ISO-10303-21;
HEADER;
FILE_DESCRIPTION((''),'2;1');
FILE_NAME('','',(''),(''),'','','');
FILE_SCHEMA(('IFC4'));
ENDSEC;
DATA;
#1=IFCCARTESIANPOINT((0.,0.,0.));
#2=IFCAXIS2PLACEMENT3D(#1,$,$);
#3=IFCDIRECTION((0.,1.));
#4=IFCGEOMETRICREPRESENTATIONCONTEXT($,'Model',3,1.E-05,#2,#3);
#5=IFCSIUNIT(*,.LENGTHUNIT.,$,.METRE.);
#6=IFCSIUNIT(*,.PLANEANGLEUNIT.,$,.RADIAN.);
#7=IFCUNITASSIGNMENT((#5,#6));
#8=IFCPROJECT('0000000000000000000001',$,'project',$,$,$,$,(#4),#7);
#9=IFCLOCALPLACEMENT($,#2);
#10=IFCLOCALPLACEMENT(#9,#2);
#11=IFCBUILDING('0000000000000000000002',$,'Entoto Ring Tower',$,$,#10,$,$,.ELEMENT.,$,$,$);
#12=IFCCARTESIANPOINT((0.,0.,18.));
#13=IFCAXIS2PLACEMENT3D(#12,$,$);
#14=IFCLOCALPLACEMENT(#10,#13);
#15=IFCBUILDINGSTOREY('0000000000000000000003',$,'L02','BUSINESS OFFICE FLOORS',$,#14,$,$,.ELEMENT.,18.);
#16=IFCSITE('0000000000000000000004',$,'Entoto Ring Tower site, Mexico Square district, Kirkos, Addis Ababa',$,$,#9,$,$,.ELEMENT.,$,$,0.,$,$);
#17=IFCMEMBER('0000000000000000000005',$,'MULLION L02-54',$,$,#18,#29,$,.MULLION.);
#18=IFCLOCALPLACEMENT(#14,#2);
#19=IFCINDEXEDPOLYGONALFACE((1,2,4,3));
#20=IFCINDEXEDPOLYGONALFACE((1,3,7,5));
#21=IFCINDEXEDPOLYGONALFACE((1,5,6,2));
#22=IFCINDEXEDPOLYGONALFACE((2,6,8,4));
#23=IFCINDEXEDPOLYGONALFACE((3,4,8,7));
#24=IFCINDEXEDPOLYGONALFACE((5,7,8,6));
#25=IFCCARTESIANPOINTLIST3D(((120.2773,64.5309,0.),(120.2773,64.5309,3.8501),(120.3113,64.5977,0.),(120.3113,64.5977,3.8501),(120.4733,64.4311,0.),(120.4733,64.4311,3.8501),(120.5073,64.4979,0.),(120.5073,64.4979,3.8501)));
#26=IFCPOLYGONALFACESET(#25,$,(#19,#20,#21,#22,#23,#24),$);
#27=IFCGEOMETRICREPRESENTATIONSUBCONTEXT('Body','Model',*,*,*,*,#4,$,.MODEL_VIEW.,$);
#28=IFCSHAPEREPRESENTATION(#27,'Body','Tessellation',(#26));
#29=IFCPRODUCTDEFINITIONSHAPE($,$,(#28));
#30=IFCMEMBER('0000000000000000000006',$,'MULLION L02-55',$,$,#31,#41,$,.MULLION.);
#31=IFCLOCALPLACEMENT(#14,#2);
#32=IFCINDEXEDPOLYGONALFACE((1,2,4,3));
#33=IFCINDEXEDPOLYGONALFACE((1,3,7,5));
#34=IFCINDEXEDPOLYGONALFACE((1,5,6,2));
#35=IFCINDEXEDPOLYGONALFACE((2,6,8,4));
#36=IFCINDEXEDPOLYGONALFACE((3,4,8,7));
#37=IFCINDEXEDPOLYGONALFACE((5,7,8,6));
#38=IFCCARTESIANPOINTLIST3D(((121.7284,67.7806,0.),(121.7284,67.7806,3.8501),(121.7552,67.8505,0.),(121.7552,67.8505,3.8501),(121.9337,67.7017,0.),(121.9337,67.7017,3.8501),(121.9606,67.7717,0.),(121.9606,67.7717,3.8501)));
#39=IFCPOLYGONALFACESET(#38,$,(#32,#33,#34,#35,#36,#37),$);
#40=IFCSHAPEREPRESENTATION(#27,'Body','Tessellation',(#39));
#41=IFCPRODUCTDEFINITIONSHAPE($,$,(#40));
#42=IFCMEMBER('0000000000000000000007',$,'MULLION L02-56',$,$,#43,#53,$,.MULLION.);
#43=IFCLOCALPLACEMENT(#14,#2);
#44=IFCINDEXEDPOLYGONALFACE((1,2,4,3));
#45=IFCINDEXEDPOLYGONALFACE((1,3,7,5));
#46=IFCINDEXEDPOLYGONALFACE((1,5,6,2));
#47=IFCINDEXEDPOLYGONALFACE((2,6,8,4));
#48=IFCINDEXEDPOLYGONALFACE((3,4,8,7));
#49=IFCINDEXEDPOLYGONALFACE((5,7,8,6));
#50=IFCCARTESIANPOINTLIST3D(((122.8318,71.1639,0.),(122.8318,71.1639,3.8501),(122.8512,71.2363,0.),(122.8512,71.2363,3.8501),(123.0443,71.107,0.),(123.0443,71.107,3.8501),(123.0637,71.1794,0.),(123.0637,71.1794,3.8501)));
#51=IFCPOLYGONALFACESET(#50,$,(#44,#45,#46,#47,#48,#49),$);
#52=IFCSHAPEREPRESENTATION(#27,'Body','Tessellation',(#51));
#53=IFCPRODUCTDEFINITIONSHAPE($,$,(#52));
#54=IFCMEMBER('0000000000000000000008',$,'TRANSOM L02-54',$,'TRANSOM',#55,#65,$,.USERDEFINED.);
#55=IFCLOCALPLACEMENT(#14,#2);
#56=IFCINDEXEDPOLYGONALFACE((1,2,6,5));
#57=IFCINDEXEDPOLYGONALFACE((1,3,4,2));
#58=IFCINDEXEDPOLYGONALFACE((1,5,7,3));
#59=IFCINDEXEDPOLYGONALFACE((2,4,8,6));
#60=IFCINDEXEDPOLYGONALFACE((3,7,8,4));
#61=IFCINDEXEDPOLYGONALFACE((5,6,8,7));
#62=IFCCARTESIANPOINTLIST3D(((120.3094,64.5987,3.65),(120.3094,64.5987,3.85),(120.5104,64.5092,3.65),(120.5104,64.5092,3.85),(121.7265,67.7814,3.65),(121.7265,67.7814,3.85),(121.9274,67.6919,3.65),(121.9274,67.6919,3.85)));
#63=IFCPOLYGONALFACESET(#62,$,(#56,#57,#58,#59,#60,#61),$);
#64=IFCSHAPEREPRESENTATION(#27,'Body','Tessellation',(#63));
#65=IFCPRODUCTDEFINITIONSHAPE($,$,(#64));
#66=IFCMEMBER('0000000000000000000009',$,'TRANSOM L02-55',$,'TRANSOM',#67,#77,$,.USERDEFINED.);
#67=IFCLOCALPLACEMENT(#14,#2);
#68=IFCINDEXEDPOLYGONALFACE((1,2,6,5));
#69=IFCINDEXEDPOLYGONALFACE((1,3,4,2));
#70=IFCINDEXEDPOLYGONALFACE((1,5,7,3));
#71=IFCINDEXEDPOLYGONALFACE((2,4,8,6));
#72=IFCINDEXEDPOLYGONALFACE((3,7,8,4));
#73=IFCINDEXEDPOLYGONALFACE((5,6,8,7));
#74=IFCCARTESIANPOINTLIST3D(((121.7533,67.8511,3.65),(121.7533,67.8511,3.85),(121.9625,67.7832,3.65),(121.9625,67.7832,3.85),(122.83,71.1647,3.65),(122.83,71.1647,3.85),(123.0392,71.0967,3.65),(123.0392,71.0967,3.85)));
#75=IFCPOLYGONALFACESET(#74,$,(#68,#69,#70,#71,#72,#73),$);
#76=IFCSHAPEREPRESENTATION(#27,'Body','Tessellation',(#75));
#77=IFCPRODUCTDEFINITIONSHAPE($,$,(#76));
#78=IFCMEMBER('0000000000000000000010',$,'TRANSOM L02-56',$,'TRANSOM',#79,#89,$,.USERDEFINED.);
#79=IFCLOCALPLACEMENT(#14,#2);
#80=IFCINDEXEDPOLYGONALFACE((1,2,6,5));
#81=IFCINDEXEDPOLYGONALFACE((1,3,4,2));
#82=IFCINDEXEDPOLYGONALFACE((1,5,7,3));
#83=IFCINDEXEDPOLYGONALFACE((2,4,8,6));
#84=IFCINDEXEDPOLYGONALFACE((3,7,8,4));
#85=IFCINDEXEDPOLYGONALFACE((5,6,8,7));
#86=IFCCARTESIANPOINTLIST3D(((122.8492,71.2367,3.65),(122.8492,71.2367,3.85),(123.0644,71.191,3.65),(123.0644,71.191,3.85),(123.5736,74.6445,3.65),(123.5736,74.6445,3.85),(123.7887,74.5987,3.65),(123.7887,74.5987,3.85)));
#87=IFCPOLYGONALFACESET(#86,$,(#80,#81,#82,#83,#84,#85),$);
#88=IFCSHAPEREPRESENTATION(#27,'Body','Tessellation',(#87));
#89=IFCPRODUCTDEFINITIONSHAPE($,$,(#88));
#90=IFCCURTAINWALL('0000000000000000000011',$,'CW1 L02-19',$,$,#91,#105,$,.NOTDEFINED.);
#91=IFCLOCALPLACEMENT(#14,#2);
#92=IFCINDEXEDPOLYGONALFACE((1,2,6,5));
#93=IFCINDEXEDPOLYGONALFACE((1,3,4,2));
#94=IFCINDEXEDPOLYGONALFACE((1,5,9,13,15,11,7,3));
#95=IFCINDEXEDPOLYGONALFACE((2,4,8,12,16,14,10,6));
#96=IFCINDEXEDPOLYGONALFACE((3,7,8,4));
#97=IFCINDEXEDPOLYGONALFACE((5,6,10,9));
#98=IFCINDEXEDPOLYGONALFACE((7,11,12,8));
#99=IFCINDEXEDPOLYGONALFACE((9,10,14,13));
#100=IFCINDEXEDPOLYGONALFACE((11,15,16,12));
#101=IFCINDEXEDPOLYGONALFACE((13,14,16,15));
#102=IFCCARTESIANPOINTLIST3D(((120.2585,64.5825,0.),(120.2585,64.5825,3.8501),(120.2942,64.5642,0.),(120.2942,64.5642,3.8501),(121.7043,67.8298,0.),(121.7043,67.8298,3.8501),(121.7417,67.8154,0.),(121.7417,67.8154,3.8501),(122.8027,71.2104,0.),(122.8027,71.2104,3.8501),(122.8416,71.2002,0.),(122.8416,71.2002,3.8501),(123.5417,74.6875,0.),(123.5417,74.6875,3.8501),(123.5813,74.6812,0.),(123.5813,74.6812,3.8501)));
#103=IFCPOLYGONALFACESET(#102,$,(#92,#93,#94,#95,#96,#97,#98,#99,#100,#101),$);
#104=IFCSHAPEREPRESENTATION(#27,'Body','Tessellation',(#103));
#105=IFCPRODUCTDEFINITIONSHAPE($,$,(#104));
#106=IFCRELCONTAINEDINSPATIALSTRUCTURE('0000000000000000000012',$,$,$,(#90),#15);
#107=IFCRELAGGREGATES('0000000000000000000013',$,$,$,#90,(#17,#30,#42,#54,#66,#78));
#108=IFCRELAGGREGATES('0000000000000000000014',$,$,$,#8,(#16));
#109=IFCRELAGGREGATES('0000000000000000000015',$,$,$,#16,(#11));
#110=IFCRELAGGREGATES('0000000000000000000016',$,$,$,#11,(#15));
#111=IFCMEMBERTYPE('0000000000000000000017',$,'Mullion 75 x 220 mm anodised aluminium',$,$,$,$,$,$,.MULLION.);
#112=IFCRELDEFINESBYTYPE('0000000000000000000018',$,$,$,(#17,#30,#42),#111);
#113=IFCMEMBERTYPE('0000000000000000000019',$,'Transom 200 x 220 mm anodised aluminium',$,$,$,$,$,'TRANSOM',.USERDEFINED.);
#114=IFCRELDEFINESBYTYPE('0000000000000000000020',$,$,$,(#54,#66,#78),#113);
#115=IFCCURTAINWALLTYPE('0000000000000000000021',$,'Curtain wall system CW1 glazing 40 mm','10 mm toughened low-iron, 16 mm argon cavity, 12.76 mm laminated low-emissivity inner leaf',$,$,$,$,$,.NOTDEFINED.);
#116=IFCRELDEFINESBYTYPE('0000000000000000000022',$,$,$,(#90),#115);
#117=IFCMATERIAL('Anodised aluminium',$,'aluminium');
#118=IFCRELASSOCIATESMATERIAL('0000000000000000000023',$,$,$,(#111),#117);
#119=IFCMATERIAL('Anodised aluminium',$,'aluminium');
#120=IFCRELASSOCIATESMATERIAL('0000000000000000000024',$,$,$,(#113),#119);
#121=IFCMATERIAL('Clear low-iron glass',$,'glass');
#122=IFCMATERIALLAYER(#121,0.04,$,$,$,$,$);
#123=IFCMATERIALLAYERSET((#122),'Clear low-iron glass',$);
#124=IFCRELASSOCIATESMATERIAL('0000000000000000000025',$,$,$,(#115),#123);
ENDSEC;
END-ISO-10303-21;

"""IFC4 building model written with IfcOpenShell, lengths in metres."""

from ifc_helpers import new_model, si_unit, direction, frame, origin, origin_2d, place, context, subcontext, project, spatial, polyline, rectangle, outline, extrude, material, layer, layer_set, material_profile, profile_set, type_object, element, aggregate, save


model = new_model("IFC4")

# Units and contexts
model_context = context("Model", 3, precision=1e-05, world=origin(), true_north=direction((0.0, 1.0)))
body_context = subcontext(model_context, "Body", "Model", "MODEL_VIEW")
ifc_project = project(units=[si_unit("LENGTHUNIT", "METRE"), si_unit("PLANEANGLEUNIT", "RADIAN")], contexts=[model_context])

# Members
ifc_material_1 = material(Name="Anodised aluminium", Category="aluminium")
ifc_material_profile_1 = material_profile(ifc_material_1, rectangle(XDim=0.075, YDim=0.22, at=origin_2d()), Name="Mullion 75 x 220 mm anodised aluminium")
ifc_profile_set_1 = profile_set([ifc_material_profile_1], Name="Anodised aluminium")
member_type_1 = type_object("IfcMemberType", Name="Mullion 75 x 220 mm anodised aluminium", PredefinedType="MULLION", material=ifc_profile_set_1)
site_placement = place(None, origin())
building_placement = place(site_placement, origin())
storey_placement = place(building_placement, frame((0.0, 0.0, 18.0)))
member_1_placement = place(storey_placement, frame((120.3923, 64.5144, 0.0), z_axis=(0.0, 0.0, 1.0), x_axis=(0.45399, 0.891007, 0.0)))
member_1 = element("IfcMember", 1, at=member_1_placement, type_object=member_type_1, Name="MULLION L02-54", PredefinedType="MULLION", context=body_context, shape_type="SweptSolid", body=[
    extrude(rectangle(XDim=0.075, YDim=0.22, at=origin_2d()), origin(), (0.0, 0.0, 1.0), 3.8501),
])
member_2_placement = place(storey_placement, frame((121.8445, 67.7761, 0.0), z_axis=(0.0, 0.0, 1.0), x_axis=(0.358368, 0.93358, 0.0)))
member_2 = element("IfcMember", 2, at=member_2_placement, type_object=member_type_1, Name="MULLION L02-55", PredefinedType="MULLION", context=body_context, shape_type="SweptSolid", body=[
    extrude(rectangle(XDim=0.075, YDim=0.22, at=origin_2d()), origin(), (0.0, 0.0, 1.0), 3.8501),
])
member_3_placement = place(storey_placement, frame((122.9478, 71.1716, 0.0), z_axis=(0.0, 0.0, 1.0), x_axis=(0.258819, 0.965926, 0.0)))
member_3 = element("IfcMember", 3, at=member_3_placement, type_object=member_type_1, Name="MULLION L02-56", PredefinedType="MULLION", context=body_context, shape_type="SweptSolid", body=[
    extrude(rectangle(XDim=0.075, YDim=0.22, at=origin_2d()), origin(), (0.0, 0.0, 1.0), 3.8501),
])
ifc_material_2 = material(Name="Anodised aluminium", Category="aluminium")
ifc_material_profile_2 = material_profile(ifc_material_2, rectangle(XDim=0.22, YDim=0.2, at=origin_2d()), Name="Transom 200 x 220 mm anodised aluminium")
ifc_profile_set_2 = profile_set([ifc_material_profile_2], Name="Anodised aluminium")
member_type_2 = type_object("IfcMemberType", Name="Transom 200 x 220 mm anodised aluminium", ElementType="TRANSOM", PredefinedType="USERDEFINED", material=ifc_profile_set_2)
member_4_placement = place(storey_placement, frame((120.4099, 64.554, 3.75), z_axis=(0.406737, 0.913545, 0.0), x_axis=(-0.913545, 0.406737, 0.0)))
member_4 = element("IfcMember", 4, at=member_4_placement, type_object=member_type_2, Name="TRANSOM L02-54", ObjectType="TRANSOM", PredefinedType="USERDEFINED", context=body_context, shape_type="SweptSolid", body=[
    extrude(rectangle(XDim=0.22, YDim=0.2, at=origin_2d()), origin(), (0.0, 0.0, 1.0), 3.4839),
])
member_5_placement = place(storey_placement, frame((121.8579, 67.8171, 3.75), z_axis=(0.309029, 0.951053, 0.0), x_axis=(-0.951053, 0.309029, 0.0)))
member_5 = element("IfcMember", 5, at=member_5_placement, type_object=member_type_2, Name="TRANSOM L02-55", ObjectType="TRANSOM", PredefinedType="USERDEFINED", context=body_context, shape_type="SweptSolid", body=[
    extrude(rectangle(XDim=0.22, YDim=0.2, at=origin_2d()), origin(), (0.0, 0.0, 1.0), 3.4841),
])
member_6_placement = place(storey_placement, frame((122.9568, 71.2139, 3.75), z_axis=(0.207921, 0.978146, 0.0), x_axis=(-0.978146, 0.207921, 0.0)))
member_6 = element("IfcMember", 6, at=member_6_placement, type_object=member_type_2, Name="TRANSOM L02-56", ObjectType="TRANSOM", PredefinedType="USERDEFINED", context=body_context, shape_type="SweptSolid", body=[
    extrude(rectangle(XDim=0.22, YDim=0.2, at=origin_2d()), origin(), (0.0, 0.0, 1.0), 3.4839),
])

# Site, building, storey
site = spatial("IfcSite", under=ifc_project, at=site_placement, Name="Entoto Ring Tower site, Mexico Square district, Kirkos, Addis Ababa", CompositionType="ELEMENT", RefElevation=0.0)
building = spatial("IfcBuilding", under=site, at=building_placement, Name="Entoto Ring Tower", CompositionType="ELEMENT")
storey = spatial("IfcBuildingStorey", under=building, at=storey_placement, Name="L02", Description="BUSINESS OFFICE FLOORS", CompositionType="ELEMENT", Elevation=18.0)

# Curtain wall
ifc_material_3 = material(Name="Clear low-iron glass", Category="glass")
ifc_layer = layer(ifc_material_3, 0.04)
ifc_layer_set = layer_set([ifc_layer], Name="Clear low-iron glass")
curtain_wall_type = type_object("IfcCurtainWallType", Name="Curtain wall system CW1 glazing 40 mm", Description="10 mm toughened low-iron, 16 mm argon cavity, 12.76 mm laminated low-emissivity inner leaf", PredefinedType="NOTDEFINED", material=ifc_layer_set)
curtain_wall_1_placement = place(storey_placement, origin())
curtain_wall_1 = element("IfcCurtainWall", 7, at=curtain_wall_1_placement, inside=storey, type_object=curtain_wall_type, Name="CW1 L02-19", PredefinedType="NOTDEFINED", context=body_context, shape_type="SweptSolid", body=[
    extrude(outline(polyline([(120.2942, 64.5642), (121.7417, 67.8154), (122.8416, 71.2002), (123.5813, 74.6812), (123.5417, 74.6875), (122.8027, 71.2104), (121.7043, 67.8298), (120.2585, 64.5825), (120.2942, 64.5642)])), origin(), (0.0, 0.0, 1.0), 3.8501),
])
aggregate(curtain_wall_1, [member_1, member_2, member_3, member_4, member_5, member_6])

save(model, "model.ifc")
